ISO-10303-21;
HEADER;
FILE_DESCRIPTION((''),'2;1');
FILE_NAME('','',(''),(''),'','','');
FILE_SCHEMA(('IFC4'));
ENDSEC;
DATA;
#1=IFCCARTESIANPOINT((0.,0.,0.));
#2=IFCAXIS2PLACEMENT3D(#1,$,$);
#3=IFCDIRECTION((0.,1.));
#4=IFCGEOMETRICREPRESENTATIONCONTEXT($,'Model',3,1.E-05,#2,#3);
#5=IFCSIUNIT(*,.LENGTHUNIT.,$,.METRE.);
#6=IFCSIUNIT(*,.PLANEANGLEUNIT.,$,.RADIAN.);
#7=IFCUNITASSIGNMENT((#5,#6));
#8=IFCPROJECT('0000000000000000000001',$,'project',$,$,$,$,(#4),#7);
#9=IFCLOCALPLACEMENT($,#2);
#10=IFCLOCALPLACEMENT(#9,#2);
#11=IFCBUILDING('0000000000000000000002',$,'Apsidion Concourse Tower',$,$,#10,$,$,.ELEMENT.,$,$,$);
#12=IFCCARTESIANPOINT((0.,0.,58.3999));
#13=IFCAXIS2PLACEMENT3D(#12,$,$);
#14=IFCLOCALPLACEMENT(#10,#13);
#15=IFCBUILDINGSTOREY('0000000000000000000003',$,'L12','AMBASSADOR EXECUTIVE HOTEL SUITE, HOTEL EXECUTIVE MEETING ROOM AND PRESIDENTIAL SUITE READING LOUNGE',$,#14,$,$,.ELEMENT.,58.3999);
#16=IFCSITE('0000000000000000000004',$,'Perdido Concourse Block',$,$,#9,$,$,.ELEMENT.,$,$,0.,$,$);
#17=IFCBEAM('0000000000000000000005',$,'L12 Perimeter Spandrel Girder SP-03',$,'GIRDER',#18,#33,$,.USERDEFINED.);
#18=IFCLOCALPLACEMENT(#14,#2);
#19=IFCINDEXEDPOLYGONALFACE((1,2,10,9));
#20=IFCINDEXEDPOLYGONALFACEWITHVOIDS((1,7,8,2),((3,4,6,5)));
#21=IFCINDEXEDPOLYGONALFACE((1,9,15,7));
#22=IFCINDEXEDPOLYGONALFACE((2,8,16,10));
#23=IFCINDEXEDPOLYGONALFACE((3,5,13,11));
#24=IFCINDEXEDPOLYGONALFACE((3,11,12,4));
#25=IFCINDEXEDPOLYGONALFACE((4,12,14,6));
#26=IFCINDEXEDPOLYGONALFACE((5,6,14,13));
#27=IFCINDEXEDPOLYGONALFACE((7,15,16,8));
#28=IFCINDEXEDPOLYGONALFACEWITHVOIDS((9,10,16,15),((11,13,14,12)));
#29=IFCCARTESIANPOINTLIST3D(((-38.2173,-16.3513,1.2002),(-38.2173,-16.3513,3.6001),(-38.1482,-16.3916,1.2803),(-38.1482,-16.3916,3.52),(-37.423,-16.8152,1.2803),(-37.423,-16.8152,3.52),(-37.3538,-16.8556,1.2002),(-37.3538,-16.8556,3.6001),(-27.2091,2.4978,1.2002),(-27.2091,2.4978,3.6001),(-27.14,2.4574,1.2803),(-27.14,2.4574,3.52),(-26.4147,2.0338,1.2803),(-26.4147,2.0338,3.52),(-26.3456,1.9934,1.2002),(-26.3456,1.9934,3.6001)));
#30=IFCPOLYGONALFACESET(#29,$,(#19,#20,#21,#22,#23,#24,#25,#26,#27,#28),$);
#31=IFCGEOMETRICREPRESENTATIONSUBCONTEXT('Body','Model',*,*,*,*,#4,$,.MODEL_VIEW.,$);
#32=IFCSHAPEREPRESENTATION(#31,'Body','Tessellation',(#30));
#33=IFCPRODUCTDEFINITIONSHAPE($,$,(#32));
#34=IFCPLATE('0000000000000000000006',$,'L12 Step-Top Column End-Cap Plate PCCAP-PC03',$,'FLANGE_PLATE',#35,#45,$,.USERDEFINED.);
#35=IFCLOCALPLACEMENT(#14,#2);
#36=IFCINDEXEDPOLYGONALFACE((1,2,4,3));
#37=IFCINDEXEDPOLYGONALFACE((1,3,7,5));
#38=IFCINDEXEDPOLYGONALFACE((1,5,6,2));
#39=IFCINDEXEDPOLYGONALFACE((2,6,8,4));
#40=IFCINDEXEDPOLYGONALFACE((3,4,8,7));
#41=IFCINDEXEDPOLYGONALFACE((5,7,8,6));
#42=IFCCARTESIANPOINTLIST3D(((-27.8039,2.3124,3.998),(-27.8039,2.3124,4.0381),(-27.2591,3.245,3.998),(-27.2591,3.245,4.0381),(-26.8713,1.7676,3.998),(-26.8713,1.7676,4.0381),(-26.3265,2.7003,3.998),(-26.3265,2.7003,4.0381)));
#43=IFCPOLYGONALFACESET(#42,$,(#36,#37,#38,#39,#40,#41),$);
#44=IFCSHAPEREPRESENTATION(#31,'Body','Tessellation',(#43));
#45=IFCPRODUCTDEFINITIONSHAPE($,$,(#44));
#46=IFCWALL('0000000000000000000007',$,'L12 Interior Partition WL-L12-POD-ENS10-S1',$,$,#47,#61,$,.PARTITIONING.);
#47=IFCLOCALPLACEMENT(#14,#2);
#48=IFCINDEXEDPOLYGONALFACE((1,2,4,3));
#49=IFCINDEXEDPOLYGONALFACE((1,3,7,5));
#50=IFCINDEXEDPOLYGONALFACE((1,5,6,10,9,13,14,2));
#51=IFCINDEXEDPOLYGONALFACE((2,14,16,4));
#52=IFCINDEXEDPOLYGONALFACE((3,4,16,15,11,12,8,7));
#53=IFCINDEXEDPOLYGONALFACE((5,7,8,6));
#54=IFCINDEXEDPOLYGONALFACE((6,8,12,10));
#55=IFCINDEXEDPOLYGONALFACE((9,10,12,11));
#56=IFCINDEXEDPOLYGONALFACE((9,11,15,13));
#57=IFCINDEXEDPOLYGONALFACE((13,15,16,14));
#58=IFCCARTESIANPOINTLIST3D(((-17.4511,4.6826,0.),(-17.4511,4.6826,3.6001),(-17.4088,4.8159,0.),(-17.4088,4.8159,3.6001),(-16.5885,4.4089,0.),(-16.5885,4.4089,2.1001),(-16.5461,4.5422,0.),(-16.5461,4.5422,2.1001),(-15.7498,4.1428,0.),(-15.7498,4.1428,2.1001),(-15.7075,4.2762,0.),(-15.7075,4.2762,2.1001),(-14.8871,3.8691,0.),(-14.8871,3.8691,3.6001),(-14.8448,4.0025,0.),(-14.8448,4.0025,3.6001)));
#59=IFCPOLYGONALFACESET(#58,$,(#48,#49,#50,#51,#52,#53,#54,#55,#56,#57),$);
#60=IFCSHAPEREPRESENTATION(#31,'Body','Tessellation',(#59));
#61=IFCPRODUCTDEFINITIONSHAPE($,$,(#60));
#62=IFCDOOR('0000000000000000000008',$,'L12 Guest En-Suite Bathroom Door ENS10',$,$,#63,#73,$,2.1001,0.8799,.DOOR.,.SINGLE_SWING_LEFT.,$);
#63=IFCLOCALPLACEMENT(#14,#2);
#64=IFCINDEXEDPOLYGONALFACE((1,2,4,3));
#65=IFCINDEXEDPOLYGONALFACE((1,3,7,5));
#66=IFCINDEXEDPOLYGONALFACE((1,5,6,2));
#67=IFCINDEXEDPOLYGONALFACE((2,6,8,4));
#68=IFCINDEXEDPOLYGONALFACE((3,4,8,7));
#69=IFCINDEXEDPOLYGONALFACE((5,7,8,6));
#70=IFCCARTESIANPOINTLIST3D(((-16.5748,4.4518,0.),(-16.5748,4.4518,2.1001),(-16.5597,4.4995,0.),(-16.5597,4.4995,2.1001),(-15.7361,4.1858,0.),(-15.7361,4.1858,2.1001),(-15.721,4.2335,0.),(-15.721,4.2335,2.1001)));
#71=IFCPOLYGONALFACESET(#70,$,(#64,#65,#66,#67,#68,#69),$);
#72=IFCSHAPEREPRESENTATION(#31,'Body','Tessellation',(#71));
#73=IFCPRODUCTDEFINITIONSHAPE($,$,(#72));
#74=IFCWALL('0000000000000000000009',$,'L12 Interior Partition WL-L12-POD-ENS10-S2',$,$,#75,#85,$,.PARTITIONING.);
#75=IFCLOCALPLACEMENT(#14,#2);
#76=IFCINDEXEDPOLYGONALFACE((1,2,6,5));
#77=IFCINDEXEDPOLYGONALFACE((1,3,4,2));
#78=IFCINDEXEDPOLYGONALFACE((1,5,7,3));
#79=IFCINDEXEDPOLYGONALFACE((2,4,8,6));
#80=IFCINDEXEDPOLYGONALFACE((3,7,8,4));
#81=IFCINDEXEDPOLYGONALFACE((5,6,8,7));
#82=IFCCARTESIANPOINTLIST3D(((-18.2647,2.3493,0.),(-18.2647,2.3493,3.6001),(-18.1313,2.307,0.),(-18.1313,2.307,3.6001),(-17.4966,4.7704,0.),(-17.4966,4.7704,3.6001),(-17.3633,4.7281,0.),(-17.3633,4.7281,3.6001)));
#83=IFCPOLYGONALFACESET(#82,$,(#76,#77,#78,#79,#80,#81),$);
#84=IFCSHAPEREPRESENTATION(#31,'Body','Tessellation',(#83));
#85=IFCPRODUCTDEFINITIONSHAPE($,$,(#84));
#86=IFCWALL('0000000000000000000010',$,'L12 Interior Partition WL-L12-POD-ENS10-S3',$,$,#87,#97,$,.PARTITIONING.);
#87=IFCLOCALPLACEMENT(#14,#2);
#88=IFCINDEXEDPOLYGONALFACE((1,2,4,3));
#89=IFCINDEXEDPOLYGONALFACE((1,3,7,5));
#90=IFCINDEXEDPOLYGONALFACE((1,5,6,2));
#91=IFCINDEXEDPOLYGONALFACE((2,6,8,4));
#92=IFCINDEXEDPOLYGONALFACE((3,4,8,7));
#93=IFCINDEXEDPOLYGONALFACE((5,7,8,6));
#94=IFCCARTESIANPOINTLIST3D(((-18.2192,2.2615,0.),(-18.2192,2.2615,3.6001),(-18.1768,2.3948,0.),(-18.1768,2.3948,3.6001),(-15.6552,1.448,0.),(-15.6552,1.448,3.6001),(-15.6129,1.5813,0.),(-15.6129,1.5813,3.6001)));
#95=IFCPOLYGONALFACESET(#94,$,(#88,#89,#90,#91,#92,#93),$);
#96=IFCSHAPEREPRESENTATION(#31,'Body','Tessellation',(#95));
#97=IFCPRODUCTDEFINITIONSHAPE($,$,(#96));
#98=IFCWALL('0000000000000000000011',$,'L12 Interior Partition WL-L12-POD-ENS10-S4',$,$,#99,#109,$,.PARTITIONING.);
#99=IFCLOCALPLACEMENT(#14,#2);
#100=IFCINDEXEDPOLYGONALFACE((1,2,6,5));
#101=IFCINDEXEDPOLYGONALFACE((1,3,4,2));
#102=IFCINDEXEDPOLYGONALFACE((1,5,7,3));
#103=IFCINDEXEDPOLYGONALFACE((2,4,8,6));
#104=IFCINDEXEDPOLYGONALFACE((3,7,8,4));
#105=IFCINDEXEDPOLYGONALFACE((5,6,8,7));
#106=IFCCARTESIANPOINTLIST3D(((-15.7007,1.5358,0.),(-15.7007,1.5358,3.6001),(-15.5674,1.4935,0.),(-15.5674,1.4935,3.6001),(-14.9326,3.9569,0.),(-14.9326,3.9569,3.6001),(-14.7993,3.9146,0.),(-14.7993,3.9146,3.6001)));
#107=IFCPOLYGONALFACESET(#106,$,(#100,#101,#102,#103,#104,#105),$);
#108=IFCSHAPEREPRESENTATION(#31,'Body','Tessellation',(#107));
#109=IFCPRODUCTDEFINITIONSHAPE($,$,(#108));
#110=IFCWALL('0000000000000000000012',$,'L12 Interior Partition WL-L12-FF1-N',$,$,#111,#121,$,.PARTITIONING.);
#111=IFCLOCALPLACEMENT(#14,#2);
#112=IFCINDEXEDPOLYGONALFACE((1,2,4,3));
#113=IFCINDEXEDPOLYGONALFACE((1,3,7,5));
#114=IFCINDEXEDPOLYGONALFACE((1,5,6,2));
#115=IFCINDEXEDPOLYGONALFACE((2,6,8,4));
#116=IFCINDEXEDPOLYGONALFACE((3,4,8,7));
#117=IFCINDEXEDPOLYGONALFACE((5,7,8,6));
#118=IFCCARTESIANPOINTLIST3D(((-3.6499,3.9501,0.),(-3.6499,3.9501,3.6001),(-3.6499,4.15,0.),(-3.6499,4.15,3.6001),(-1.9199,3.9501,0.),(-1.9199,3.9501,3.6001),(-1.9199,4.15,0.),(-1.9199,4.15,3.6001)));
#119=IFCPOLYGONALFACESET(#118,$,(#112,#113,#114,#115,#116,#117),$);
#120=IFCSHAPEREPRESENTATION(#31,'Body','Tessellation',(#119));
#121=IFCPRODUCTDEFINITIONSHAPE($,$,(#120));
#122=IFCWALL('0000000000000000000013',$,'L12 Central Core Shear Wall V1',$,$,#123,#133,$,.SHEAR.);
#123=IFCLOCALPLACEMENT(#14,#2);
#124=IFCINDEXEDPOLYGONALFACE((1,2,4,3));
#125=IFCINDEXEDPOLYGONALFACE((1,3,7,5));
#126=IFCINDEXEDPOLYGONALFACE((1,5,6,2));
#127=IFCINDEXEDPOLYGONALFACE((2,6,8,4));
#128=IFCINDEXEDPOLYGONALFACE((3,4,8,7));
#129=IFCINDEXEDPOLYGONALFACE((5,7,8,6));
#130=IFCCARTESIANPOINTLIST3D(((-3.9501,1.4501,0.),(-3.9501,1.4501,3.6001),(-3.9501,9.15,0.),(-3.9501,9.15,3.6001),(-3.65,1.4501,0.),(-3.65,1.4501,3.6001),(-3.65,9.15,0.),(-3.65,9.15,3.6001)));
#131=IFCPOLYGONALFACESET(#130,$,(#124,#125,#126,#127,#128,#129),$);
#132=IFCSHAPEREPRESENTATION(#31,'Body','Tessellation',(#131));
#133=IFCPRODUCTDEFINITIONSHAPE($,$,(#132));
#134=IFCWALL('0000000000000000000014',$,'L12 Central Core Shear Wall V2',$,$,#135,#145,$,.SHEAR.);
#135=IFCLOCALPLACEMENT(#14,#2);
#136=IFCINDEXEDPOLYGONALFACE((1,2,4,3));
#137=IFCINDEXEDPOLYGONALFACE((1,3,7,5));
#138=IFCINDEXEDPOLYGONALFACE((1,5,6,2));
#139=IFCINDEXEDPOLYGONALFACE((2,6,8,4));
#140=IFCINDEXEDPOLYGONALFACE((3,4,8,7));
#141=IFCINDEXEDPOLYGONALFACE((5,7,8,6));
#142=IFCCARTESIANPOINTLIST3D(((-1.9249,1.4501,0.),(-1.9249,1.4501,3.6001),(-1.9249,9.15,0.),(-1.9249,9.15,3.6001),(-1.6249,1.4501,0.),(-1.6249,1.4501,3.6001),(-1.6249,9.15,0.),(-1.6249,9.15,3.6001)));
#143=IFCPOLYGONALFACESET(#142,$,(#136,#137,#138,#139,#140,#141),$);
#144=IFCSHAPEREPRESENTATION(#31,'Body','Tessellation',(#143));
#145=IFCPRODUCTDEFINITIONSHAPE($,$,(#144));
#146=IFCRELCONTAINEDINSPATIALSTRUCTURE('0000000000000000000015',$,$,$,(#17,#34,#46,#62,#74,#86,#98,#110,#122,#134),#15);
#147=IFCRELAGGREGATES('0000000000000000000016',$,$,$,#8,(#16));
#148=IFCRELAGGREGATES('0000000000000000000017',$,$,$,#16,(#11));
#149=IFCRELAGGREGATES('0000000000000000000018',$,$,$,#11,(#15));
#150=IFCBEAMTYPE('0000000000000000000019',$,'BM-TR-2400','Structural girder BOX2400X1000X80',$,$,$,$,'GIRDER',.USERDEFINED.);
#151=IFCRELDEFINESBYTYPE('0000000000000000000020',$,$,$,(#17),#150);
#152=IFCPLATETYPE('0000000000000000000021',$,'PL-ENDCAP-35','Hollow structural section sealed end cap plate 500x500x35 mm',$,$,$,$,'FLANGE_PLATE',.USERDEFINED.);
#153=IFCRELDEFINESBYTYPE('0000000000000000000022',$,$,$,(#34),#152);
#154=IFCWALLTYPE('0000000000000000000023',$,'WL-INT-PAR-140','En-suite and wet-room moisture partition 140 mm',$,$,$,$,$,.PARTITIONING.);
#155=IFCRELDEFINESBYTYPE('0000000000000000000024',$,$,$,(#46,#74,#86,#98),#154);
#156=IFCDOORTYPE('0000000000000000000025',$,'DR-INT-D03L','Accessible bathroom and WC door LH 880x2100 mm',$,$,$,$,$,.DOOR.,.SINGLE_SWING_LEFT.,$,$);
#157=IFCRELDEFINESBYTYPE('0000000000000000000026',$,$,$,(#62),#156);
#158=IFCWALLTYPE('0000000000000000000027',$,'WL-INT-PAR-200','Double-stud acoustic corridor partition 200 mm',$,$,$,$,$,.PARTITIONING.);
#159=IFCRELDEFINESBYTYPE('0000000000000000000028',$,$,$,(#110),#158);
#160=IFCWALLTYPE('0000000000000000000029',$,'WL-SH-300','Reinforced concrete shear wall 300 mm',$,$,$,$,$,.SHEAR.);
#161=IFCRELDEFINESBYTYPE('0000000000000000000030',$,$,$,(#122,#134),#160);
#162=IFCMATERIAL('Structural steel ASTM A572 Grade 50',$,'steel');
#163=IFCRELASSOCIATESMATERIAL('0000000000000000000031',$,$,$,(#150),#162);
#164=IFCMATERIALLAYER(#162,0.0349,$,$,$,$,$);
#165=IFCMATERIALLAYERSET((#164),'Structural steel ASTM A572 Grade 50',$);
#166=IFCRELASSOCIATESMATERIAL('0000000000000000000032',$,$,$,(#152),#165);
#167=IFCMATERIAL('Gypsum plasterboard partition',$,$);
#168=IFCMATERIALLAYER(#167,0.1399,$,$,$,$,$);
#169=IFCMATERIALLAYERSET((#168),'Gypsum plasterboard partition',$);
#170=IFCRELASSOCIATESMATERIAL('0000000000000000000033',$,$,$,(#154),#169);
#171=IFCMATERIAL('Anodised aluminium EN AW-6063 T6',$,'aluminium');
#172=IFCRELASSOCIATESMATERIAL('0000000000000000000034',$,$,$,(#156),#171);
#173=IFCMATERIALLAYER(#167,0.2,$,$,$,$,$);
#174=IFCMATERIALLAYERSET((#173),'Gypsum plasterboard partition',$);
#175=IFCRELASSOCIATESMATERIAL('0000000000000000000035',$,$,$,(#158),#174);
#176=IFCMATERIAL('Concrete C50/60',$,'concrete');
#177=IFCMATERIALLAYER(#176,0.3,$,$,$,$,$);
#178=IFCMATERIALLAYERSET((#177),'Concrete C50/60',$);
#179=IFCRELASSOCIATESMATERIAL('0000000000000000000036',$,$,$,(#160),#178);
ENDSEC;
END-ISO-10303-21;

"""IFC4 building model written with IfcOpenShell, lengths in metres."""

from ifc_helpers import new_model, si_unit, direction, frame, frame_2d, origin, origin_2d, place, context, subcontext, project, spatial, rectangle, hollow_rectangle, extrude, material, layer, layer_set, material_profile, profile_set, type_object, element, fill, save


model = new_model("IFC4")

# Units and contexts
model_context = context("Model", 3, precision=1e-05, world=origin(), true_north=direction((0.0, 1.0)))
body_context = subcontext(model_context, "Body", "Model", "MODEL_VIEW")
ifc_project = project(units=[si_unit("LENGTHUNIT", "METRE"), si_unit("PLANEANGLEUNIT", "RADIAN")], contexts=[model_context])

# Site, building, storey
site_placement = place(None, origin())
site = spatial("IfcSite", under=ifc_project, at=site_placement, Name="Perdido Concourse Block", CompositionType="ELEMENT", RefElevation=0.0)
building_placement = place(site_placement, origin())
building = spatial("IfcBuilding", under=site, at=building_placement, Name="Apsidion Concourse Tower", CompositionType="ELEMENT")
storey_placement = place(building_placement, frame((0.0, 0.0, 58.3999)))
storey = spatial("IfcBuildingStorey", under=building, at=storey_placement, Name="L12", Description="AMBASSADOR EXECUTIVE HOTEL SUITE, HOTEL EXECUTIVE MEETING ROOM AND PRESIDENTIAL SUITE READING LOUNGE", CompositionType="ELEMENT", Elevation=58.3999)

# Shared definitions
ifc_material_1 = material(Name="Structural steel ASTM A572 Grade 50", Category="steel")
ifc_material_2 = material(Name="Concrete C50/60", Category="concrete")

# Beam
ifc_material_profile_1 = material_profile(ifc_material_1, hollow_rectangle(XDim=1.0, YDim=2.3999, WallThickness=0.0801, at=origin_2d()), Name="BOX2400X1000X80")
ifc_profile_set_1 = profile_set([ifc_material_profile_1], Name="Structural steel ASTM A572 Grade 50")
beam_type_1 = type_object("IfcBeamType", Name="BM-TR-2400", Description="Structural girder BOX2400X1000X80", ElementType="GIRDER", PredefinedType="USERDEFINED", material=ifc_profile_set_1)
beam_1_placement = place(storey_placement, frame((-26.7773, 2.2456, 2.4001), z_axis=(-0.504315, -0.86352, 0.0), x_axis=(0.86352, -0.504315, 0.0)))
element("IfcBeam", 1, at=beam_1_placement, inside=storey, type_object=beam_type_1, Name="L12 Perimeter Spandrel Girder SP-03", ObjectType="GIRDER", PredefinedType="USERDEFINED", context=body_context, shape_type="SweptSolid", body=[
    extrude(hollow_rectangle(XDim=1.0, YDim=2.3999, WallThickness=0.0801, at=origin_2d()), origin(), (0.0, 0.0, 1.0), 21.8281),
])

# Plate
ifc_layer_1 = layer(ifc_material_1, 0.0349)
ifc_layer_set_1 = layer_set([ifc_layer_1], Name="Structural steel ASTM A572 Grade 50")
plate_type = type_object("IfcPlateType", Name="PL-ENDCAP-35", Description="Hollow structural section sealed end cap plate 500x500x35 mm", ElementType="FLANGE_PLATE", PredefinedType="USERDEFINED", material=ifc_layer_set_1)
plate_placement = place(storey_placement, frame((-27.0652, 2.5063, 3.998), z_axis=(0.0, 0.0, 1.0), x_axis=(0.504377, 0.863484, 0.0)))
element("IfcPlate", 2, at=plate_placement, inside=storey, type_object=plate_type, Name="L12 Step-Top Column End-Cap Plate PCCAP-PC03", ObjectType="FLANGE_PLATE", PredefinedType="USERDEFINED", context=body_context, shape_type="SweptSolid", body=[
    extrude(rectangle(XDim=1.0801, YDim=1.0801, at=origin_2d()), origin(), (0.0, 0.0, 1.0), 0.04),
])

# Wall, opening, door
ifc_material_3 = material(Name="Gypsum plasterboard partition")
ifc_layer_2 = layer(ifc_material_3, 0.1399)
ifc_layer_set_2 = layer_set([ifc_layer_2], Name="Gypsum plasterboard partition")
wall_type_1 = type_object("IfcWallType", Name="WL-INT-PAR-140", Description="En-suite and wet-room moisture partition 140 mm", PredefinedType="PARTITIONING", material=ifc_layer_set_2)
wall_1_placement = place(storey_placement, frame((-14.866, 3.9358, 0.0), z_axis=(0.0, 0.0, 1.0), x_axis=(-0.953176, 0.302417, 0.0)))
wall_1 = element("IfcWall", 3, at=wall_1_placement, inside=storey, type_object=wall_type_1, Name="L12 Interior Partition WL-L12-POD-ENS10-S1", PredefinedType="PARTITIONING", context=body_context, shape_type="SweptSolid", body=[
    extrude(rectangle(XDim=2.6899, YDim=0.1399, at=frame_2d((1.345, 0.0))), origin(), (0.0, 0.0, 1.0), 3.6001),
])
opening_1_placement = place(wall_1_placement, frame((0.905, 0.0, 0.0)))
opening_1 = element("IfcOpeningElement", 4, at=opening_1_placement, cuts=wall_1, PredefinedType="OPENING", context=body_context, shape_type="SweptSolid", body=[
    extrude(rectangle(XDim=0.8799, YDim=2.1001, at=frame_2d((0.4399, 1.05))), frame((0.0, 0.0801, 0.0), z_axis=(0.0, -1.0, 0.0), x_axis=(1.0, 0.0, 0.0)), (0.0, 0.0, 1.0), 0.1599),
])
ifc_material_4 = material(Name="Anodised aluminium EN AW-6063 T6", Category="aluminium")
door_type_1 = type_object("IfcDoorType", Name="DR-INT-D03L", Description="Accessible bathroom and WC door LH 880x2100 mm", OperationType="SINGLE_SWING_LEFT", PredefinedType="DOOR", material=ifc_material_4)
door_1_placement = place(opening_1_placement, origin())
door_1 = element("IfcDoor", 5, at=door_1_placement, inside=storey, type_object=door_type_1, Name="L12 Guest En-Suite Bathroom Door ENS10", OperationType="SINGLE_SWING_LEFT", OverallHeight=2.1001, OverallWidth=0.8799, PredefinedType="DOOR", context=body_context, shape_type="SweptSolid", body=[
    extrude(rectangle(XDim=0.8799, YDim=2.1001, at=frame_2d((0.4399, 1.05))), frame((0.0, 0.0249, 0.0), z_axis=(0.0, -1.0, 0.0), x_axis=(1.0, 0.0, 0.0)), (0.0, 0.0, 1.0), 0.05),
])
fill(opening_1, door_1)

# Walls
wall_2_placement = place(storey_placement, frame((-17.4299, 4.7493, 0.0), z_axis=(0.0, 0.0, 1.0), x_axis=(-0.302382, -0.953187, 0.0)))
element("IfcWall", 6, at=wall_2_placement, inside=storey, type_object=wall_type_1, Name="L12 Interior Partition WL-L12-POD-ENS10-S2", PredefinedType="PARTITIONING", context=body_context, shape_type="SweptSolid", body=[
    extrude(rectangle(XDim=2.54, YDim=0.1399, at=frame_2d((1.27, 0.0))), origin(), (0.0, 0.0, 1.0), 3.6001),
])
wall_3_placement = place(storey_placement, frame((-18.198, 2.3281, 0.0), z_axis=(0.0, 0.0, 1.0), x_axis=(0.953176, -0.302417, 0.0)))
element("IfcWall", 7, at=wall_3_placement, inside=storey, type_object=wall_type_1, Name="L12 Interior Partition WL-L12-POD-ENS10-S3", PredefinedType="PARTITIONING", context=body_context, shape_type="SweptSolid", body=[
    extrude(rectangle(XDim=2.6899, YDim=0.1399, at=frame_2d((1.345, 0.0))), origin(), (0.0, 0.0, 1.0), 3.6001),
])
wall_4_placement = place(storey_placement, frame((-15.634, 1.5146, 0.0), z_axis=(0.0, 0.0, 1.0), x_axis=(0.302382, 0.953187, 0.0)))
element("IfcWall", 8, at=wall_4_placement, inside=storey, type_object=wall_type_1, Name="L12 Interior Partition WL-L12-POD-ENS10-S4", PredefinedType="PARTITIONING", context=body_context, shape_type="SweptSolid", body=[
    extrude(rectangle(XDim=2.54, YDim=0.1399, at=frame_2d((1.27, 0.0))), origin(), (0.0, 0.0, 1.0), 3.6001),
])
ifc_layer_3 = layer(ifc_material_3, 0.2)
ifc_layer_set_3 = layer_set([ifc_layer_3], Name="Gypsum plasterboard partition")
wall_type_2 = type_object("IfcWallType", Name="WL-INT-PAR-200", Description="Double-stud acoustic corridor partition 200 mm", PredefinedType="PARTITIONING", material=ifc_layer_set_3)
wall_5_placement = place(storey_placement, frame((-3.6499, 4.05, 0.0), z_axis=(0.0, 0.0, 1.0), x_axis=(1.0, 0.0, 0.0)))
element("IfcWall", 9, at=wall_5_placement, inside=storey, type_object=wall_type_2, Name="L12 Interior Partition WL-L12-FF1-N", PredefinedType="PARTITIONING", context=body_context, shape_type="SweptSolid", body=[
    extrude(rectangle(XDim=1.73, YDim=0.2, at=frame_2d((0.865, 0.0))), origin(), (0.0, 0.0, 1.0), 3.6001),
])
ifc_layer_4 = layer(ifc_material_2, 0.3)
ifc_layer_set_4 = layer_set([ifc_layer_4], Name="Concrete C50/60")
wall_type_3 = type_object("IfcWallType", Name="WL-SH-300", Description="Reinforced concrete shear wall 300 mm", PredefinedType="SHEAR", material=ifc_layer_set_4)
for number, where, z_axis, x_axis, name in (
    (10, (-3.8, 1.45, 0.0), (0.0, 0.0, 1.0), (0.0, 1.0, 0.0), "L12 Central Core Shear Wall V1"),
    (11, (-1.7749, 1.45, 0.0), (0.0, 0.0, 1.0), (0.0, 1.0, 0.0), "L12 Central Core Shear Wall V2"),
):
    element("IfcWall", number, at=place(storey_placement, frame(where, z_axis=z_axis, x_axis=x_axis)), inside=storey, type_object=wall_type_3, Name=name, PredefinedType="SHEAR", context=body_context, shape_type="SweptSolid", body=[
        extrude(rectangle(XDim=7.7, YDim=0.3, at=frame_2d((3.8501, 0.0))), origin(), (0.0, 0.0, 1.0), 3.6001),
    ])

save(model, "model.ifc")
